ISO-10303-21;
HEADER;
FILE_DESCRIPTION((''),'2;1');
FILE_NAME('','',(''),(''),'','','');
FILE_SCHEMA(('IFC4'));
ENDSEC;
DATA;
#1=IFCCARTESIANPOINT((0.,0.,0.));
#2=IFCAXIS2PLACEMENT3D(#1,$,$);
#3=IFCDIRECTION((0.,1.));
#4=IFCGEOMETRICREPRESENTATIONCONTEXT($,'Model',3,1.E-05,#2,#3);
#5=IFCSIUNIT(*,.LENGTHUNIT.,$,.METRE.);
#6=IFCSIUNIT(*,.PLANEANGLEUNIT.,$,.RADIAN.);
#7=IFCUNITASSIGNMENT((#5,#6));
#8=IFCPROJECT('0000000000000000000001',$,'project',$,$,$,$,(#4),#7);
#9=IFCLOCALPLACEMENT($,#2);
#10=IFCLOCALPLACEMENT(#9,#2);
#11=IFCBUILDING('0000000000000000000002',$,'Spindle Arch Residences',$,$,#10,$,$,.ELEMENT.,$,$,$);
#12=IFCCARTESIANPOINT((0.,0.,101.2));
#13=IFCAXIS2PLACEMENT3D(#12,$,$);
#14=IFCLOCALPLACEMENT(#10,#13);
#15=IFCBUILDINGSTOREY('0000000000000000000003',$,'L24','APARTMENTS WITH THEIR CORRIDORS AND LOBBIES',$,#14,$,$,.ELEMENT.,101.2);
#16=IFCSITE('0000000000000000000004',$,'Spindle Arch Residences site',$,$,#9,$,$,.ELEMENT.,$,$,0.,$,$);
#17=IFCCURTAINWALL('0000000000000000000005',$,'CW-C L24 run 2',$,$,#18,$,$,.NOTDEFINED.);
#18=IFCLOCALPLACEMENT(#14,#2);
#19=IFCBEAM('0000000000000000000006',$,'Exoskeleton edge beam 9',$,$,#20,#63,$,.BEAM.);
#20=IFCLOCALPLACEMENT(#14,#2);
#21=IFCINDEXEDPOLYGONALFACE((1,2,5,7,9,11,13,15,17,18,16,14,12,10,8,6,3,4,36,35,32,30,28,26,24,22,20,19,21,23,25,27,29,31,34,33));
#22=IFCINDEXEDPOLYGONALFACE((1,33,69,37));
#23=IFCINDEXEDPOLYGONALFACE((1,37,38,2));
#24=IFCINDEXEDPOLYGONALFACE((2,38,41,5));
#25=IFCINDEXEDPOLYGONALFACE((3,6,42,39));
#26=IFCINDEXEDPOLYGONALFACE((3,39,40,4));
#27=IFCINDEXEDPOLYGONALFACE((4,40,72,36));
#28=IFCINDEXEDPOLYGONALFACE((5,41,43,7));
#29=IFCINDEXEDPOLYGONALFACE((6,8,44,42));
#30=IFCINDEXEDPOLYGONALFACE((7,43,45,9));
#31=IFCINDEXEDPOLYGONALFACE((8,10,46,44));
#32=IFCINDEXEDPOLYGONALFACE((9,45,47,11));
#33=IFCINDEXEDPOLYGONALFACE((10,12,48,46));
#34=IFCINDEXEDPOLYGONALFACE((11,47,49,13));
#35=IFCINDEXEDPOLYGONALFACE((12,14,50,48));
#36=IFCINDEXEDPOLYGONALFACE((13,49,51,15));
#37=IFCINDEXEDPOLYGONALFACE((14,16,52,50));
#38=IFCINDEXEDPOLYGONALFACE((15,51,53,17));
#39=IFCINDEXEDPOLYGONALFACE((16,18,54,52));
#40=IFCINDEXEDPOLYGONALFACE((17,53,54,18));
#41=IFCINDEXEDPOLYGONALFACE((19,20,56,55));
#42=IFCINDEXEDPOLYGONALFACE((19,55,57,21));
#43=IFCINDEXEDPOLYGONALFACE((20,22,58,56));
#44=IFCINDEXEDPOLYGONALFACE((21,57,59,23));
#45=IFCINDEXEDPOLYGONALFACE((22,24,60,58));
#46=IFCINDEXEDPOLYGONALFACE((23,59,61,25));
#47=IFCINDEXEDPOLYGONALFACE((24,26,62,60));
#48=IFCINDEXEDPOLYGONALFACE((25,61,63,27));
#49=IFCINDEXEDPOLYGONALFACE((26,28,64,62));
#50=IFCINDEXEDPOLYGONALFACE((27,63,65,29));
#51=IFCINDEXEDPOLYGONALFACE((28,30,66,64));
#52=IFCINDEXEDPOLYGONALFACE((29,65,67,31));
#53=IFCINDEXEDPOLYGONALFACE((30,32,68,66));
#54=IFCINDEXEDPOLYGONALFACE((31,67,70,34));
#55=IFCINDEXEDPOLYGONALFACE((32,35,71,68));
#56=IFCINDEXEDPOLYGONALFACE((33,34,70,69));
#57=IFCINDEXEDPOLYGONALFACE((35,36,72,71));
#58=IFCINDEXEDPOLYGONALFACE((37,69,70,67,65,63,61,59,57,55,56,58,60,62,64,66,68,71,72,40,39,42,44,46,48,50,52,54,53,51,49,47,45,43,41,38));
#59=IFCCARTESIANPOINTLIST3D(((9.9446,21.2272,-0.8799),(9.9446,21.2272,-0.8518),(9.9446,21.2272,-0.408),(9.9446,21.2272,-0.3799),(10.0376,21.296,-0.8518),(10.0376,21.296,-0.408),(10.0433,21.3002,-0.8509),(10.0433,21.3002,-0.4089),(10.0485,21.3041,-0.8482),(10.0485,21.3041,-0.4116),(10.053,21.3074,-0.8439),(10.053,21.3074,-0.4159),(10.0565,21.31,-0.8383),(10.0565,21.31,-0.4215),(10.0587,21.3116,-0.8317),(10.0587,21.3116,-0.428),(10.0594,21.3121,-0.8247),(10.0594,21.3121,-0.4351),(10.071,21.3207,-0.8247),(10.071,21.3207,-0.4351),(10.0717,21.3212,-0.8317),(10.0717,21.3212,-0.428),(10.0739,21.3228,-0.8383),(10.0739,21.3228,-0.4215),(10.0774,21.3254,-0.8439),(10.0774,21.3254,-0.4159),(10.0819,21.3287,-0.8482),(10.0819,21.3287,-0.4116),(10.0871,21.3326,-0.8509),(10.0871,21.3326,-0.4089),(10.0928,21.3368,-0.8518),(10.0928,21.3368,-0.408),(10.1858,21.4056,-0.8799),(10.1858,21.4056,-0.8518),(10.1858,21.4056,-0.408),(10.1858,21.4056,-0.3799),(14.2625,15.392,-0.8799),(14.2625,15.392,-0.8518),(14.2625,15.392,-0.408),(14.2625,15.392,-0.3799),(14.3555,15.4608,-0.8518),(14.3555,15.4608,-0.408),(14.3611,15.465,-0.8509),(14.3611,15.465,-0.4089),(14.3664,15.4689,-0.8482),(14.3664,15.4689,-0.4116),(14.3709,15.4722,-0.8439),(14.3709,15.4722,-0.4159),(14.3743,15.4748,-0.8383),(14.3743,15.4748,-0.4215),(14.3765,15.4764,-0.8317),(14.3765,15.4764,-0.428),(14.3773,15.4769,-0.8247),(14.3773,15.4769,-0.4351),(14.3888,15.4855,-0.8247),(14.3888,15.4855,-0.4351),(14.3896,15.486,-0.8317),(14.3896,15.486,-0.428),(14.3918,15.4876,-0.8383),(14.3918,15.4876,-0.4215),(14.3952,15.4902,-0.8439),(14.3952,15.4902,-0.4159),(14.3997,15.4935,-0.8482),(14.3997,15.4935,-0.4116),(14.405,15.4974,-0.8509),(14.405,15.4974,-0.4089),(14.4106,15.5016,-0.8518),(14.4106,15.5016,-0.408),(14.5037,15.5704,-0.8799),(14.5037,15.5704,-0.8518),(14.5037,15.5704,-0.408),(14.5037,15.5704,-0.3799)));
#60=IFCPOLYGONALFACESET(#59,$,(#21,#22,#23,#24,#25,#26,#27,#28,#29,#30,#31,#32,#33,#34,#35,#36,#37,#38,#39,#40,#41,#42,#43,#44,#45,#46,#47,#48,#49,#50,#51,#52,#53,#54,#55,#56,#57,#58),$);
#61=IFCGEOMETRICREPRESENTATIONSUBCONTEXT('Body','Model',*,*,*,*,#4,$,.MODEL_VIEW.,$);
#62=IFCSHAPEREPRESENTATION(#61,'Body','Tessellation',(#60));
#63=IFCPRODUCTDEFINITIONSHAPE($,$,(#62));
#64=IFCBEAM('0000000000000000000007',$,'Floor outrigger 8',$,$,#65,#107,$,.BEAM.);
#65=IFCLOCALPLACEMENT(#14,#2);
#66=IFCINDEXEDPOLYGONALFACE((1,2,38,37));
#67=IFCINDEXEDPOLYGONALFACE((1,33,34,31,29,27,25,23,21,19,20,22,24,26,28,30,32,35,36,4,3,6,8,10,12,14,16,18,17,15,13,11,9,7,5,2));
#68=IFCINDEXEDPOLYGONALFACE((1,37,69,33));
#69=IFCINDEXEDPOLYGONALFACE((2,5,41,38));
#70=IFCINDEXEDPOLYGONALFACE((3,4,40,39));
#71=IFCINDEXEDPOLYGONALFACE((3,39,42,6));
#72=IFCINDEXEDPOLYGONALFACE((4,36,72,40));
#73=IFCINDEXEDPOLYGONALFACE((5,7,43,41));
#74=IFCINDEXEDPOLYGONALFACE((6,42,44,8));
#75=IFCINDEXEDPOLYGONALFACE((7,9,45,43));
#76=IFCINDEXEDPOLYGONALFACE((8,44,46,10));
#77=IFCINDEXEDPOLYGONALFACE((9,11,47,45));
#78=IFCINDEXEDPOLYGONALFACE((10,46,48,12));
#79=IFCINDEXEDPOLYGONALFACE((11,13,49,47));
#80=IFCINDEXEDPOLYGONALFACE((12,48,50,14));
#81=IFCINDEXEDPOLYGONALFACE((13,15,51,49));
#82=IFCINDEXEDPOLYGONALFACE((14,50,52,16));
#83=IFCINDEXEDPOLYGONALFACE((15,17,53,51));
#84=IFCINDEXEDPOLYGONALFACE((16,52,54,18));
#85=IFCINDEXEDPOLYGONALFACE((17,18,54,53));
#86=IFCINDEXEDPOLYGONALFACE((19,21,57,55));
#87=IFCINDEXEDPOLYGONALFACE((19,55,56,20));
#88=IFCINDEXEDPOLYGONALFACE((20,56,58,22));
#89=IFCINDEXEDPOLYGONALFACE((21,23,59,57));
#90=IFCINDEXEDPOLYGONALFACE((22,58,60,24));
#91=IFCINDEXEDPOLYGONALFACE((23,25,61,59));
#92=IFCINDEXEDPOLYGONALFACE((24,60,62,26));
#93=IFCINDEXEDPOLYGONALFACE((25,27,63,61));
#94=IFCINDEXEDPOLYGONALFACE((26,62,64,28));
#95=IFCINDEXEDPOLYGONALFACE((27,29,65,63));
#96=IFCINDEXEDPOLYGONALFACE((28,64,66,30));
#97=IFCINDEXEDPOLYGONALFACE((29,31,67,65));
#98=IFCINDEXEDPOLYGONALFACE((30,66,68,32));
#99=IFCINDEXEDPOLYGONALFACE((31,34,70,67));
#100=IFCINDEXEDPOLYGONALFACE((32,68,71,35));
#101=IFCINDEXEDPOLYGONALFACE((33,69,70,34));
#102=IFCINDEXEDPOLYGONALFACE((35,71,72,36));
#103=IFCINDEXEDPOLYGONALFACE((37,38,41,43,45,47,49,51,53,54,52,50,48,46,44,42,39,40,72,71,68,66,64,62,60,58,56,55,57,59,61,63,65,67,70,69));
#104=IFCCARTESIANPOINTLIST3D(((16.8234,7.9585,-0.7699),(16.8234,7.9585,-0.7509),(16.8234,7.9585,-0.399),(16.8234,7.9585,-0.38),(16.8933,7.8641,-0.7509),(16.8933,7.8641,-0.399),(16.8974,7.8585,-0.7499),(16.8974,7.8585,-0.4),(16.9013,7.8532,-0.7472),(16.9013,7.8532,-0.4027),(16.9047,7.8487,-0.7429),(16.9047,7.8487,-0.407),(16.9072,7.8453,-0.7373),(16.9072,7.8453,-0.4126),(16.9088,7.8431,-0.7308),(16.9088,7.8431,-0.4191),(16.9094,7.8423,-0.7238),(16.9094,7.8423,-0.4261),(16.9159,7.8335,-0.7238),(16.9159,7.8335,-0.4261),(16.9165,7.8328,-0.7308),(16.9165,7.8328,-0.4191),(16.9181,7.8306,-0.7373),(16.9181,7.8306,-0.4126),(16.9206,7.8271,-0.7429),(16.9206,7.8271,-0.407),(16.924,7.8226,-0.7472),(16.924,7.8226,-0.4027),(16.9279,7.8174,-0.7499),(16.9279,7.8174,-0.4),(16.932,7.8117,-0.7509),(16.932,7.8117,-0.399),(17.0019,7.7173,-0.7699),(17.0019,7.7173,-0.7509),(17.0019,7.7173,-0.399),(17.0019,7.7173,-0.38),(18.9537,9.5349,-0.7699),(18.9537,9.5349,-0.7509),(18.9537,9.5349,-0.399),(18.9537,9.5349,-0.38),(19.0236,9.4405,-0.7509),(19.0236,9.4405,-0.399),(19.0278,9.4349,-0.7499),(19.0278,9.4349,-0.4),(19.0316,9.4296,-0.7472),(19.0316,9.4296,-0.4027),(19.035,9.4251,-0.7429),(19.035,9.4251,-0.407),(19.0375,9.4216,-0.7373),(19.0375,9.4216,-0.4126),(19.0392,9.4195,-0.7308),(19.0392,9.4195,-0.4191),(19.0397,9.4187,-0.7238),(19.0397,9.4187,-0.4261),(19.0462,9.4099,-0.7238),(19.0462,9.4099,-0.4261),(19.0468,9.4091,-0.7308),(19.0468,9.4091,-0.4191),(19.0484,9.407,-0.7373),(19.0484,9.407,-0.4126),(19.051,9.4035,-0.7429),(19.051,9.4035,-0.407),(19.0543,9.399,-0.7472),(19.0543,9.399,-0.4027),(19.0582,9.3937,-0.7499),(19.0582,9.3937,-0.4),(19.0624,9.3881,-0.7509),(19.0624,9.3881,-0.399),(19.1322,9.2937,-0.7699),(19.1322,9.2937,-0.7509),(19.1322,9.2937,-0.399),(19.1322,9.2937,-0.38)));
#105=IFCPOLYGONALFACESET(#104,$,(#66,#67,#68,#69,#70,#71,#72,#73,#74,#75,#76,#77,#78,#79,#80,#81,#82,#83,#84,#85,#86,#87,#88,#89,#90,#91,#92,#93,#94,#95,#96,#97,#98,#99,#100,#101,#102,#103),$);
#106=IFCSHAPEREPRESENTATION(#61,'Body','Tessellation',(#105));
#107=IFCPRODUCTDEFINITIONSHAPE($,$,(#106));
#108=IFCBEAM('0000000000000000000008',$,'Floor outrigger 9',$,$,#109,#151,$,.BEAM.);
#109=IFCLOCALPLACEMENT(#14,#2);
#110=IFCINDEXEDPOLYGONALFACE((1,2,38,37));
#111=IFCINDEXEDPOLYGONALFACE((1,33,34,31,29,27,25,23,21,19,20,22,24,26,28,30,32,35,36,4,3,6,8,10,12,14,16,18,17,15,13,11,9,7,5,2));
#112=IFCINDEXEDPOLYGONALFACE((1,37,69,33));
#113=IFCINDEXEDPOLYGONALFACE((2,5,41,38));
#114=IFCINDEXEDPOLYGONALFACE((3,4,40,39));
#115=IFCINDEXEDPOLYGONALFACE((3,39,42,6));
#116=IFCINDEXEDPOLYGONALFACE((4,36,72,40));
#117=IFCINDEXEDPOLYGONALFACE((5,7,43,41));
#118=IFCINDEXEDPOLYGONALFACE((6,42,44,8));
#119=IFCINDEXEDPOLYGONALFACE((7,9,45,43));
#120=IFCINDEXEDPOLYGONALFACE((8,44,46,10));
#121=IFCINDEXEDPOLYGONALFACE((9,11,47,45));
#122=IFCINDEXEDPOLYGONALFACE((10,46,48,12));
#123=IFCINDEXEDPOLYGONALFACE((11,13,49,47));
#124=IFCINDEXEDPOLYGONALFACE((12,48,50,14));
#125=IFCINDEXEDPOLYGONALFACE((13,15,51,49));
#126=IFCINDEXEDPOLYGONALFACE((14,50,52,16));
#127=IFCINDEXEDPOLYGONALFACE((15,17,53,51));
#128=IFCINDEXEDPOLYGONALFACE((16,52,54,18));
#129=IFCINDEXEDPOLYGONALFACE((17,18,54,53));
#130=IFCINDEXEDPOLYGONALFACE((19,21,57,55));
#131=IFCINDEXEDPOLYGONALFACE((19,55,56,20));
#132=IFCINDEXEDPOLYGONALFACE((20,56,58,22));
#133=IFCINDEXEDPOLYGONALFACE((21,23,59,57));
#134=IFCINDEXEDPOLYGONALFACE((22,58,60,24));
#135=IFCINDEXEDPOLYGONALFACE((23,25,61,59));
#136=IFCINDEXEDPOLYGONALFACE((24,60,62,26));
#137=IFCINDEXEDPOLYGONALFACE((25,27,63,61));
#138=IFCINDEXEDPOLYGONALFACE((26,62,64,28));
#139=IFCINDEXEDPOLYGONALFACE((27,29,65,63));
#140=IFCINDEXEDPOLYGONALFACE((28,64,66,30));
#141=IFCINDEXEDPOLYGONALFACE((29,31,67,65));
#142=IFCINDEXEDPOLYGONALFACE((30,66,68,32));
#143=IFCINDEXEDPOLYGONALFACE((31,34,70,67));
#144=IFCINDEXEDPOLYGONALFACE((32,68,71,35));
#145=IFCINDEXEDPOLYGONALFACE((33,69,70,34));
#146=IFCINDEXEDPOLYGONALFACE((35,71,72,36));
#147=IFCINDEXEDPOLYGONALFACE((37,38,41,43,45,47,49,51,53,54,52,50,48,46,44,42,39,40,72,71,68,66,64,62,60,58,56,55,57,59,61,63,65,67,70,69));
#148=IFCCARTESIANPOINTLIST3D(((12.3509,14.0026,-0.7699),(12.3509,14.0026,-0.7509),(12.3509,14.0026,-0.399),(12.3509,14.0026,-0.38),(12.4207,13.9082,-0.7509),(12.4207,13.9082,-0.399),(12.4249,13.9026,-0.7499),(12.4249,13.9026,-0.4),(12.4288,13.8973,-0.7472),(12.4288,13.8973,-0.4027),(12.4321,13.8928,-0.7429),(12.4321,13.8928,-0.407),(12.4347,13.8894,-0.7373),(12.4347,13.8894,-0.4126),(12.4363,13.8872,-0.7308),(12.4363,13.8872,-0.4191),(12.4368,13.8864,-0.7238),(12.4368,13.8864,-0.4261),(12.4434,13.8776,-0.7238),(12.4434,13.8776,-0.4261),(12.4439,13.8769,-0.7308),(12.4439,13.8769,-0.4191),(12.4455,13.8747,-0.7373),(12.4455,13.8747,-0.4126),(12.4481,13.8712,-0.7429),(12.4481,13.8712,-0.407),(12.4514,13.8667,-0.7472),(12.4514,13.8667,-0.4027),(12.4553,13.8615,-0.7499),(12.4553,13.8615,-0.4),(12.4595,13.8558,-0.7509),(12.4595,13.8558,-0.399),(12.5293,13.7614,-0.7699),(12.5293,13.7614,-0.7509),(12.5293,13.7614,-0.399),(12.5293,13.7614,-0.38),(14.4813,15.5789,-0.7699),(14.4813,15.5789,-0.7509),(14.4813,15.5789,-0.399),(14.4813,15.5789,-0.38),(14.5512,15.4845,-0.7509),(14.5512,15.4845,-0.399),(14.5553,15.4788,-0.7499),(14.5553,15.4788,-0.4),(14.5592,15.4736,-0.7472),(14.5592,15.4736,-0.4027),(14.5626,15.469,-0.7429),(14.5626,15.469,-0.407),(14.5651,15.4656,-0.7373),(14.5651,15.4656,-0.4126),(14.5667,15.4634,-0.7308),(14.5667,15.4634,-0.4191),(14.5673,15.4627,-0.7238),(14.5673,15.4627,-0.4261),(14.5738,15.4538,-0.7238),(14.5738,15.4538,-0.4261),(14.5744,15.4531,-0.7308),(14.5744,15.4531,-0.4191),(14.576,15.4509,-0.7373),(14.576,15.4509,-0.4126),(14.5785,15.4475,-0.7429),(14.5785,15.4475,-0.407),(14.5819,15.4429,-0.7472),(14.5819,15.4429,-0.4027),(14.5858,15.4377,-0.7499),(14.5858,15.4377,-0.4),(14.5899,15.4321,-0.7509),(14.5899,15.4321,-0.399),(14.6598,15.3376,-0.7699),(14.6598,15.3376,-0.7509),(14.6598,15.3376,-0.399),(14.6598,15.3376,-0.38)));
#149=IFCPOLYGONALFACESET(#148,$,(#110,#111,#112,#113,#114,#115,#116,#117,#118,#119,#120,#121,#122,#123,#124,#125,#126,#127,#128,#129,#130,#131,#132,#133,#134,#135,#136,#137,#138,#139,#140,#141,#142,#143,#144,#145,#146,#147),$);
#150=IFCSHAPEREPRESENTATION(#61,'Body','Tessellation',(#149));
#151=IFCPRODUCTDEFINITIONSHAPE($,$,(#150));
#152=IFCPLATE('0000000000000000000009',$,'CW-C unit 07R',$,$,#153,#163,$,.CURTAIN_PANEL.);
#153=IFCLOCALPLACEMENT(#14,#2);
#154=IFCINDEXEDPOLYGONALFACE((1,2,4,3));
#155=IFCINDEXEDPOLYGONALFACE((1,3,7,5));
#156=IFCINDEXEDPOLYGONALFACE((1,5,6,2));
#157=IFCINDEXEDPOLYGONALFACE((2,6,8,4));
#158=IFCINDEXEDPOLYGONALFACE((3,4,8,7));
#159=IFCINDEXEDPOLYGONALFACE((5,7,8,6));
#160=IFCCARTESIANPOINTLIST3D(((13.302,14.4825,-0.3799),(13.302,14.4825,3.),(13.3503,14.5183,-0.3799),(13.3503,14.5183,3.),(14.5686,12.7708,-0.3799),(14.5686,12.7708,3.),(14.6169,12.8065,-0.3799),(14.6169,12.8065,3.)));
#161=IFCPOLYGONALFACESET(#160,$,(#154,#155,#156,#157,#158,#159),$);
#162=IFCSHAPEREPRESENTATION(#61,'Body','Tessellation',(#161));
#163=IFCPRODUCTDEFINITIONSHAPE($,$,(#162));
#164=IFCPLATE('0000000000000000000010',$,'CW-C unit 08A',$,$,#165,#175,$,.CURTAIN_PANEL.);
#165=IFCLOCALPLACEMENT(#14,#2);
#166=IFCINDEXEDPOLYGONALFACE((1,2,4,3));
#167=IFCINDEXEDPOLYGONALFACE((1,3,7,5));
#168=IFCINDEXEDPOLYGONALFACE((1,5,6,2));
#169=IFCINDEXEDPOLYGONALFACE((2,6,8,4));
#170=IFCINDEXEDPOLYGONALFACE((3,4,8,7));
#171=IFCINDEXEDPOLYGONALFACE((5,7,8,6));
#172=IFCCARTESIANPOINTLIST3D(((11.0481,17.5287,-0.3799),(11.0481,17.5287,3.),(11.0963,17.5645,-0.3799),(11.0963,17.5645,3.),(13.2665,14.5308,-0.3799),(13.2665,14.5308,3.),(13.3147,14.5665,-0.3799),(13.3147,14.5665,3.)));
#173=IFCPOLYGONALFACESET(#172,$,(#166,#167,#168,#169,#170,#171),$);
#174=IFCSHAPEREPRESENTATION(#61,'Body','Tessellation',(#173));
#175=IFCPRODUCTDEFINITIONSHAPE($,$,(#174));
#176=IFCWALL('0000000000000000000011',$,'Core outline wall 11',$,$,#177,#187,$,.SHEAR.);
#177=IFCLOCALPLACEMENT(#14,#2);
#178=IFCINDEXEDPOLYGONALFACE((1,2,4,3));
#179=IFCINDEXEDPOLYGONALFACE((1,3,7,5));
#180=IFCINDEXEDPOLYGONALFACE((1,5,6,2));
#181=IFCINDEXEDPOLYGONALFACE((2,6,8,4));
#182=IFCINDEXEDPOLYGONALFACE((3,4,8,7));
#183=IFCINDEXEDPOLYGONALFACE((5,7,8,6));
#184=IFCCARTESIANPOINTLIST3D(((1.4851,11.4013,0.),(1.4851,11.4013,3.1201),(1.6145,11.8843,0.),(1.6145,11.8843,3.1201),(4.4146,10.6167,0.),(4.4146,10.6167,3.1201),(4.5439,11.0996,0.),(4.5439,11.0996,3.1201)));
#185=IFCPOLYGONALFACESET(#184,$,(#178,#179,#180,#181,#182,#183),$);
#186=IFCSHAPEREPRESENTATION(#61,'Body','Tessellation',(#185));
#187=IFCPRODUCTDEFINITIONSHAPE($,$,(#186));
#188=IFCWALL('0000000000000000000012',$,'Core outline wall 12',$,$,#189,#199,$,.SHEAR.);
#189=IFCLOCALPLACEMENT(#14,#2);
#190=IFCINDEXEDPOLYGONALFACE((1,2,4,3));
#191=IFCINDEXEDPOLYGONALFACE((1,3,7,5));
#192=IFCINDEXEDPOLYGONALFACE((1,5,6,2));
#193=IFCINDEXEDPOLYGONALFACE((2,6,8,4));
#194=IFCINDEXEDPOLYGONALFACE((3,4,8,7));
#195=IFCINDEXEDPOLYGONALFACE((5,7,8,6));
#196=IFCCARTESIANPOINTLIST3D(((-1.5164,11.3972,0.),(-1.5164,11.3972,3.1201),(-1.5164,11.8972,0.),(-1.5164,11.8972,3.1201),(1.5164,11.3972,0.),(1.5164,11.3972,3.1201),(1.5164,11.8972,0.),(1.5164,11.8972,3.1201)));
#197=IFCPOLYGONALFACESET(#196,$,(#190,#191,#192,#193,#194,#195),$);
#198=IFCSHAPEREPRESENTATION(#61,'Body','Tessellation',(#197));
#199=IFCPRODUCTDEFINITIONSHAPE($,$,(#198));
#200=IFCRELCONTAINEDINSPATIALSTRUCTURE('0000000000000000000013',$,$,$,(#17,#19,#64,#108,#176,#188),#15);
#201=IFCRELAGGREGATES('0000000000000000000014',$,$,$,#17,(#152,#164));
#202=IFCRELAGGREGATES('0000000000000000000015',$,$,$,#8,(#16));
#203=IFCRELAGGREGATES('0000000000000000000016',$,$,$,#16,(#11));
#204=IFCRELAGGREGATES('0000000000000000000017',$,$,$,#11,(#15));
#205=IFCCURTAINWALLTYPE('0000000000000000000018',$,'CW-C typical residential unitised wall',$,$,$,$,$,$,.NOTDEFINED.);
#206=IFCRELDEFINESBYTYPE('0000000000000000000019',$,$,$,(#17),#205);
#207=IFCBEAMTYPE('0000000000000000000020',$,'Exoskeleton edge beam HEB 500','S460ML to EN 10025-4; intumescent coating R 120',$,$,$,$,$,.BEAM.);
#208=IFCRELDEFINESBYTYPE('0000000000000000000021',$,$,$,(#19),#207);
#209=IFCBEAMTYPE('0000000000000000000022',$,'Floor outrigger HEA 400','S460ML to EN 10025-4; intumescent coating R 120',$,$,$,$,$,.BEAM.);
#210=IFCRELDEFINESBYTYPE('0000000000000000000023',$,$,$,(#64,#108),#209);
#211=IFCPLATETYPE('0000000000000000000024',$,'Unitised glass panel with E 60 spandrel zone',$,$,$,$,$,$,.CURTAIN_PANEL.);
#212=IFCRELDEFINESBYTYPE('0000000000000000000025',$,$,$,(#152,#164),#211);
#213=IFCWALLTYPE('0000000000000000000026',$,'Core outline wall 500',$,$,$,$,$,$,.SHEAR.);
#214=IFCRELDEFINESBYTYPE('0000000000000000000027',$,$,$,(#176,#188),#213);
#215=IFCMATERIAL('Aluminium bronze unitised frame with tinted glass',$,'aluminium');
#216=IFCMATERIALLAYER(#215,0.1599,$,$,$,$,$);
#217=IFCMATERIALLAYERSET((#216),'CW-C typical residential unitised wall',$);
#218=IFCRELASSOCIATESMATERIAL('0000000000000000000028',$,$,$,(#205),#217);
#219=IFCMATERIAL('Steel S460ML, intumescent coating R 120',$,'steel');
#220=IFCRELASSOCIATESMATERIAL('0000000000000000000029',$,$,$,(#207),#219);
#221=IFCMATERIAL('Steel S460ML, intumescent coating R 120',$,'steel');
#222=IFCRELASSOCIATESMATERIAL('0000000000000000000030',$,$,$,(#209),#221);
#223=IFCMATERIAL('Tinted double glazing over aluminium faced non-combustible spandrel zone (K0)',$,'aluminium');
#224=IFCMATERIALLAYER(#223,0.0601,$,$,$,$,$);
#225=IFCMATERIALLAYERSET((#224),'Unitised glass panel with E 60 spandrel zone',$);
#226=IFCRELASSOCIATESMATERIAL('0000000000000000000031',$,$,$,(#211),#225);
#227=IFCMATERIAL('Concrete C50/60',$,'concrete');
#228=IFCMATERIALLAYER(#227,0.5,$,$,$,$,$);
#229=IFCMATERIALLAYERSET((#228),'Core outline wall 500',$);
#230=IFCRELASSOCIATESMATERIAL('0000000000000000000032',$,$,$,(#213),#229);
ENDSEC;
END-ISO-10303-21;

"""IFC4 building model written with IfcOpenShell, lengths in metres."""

from ifc_helpers import new_model, si_unit, direction, frame, frame_2d, origin, origin_2d, place, context, subcontext, project, spatial, rectangle, i_section, extrude, material, layer, layer_set, material_profile, profile_set, type_object, element, aggregate, save


model = new_model("IFC4")

# Units and contexts
model_context = context("Model", 3, precision=1e-05, world=origin(), true_north=direction((0.0, 1.0)))
body_context = subcontext(model_context, "Body", "Model", "MODEL_VIEW")
ifc_project = project(units=[si_unit("LENGTHUNIT", "METRE"), si_unit("PLANEANGLEUNIT", "RADIAN")], contexts=[model_context])

# Site, building, storey
site_placement = place(None, origin())
site = spatial("IfcSite", under=ifc_project, at=site_placement, Name="Spindle Arch Residences site", CompositionType="ELEMENT", RefElevation=0.0)
building_placement = place(site_placement, origin())
building = spatial("IfcBuilding", under=site, at=building_placement, Name="Spindle Arch Residences", CompositionType="ELEMENT")
storey_placement = place(building_placement, frame((0.0, 0.0, 101.2)))
storey = spatial("IfcBuildingStorey", under=building, at=storey_placement, Name="L24", Description="APARTMENTS WITH THEIR CORRIDORS AND LOBBIES", CompositionType="ELEMENT", Elevation=101.2)

# Curtain wall
ifc_material_1 = material(Name="Aluminium bronze unitised frame with tinted glass", Category="aluminium")
ifc_layer_1 = layer(ifc_material_1, 0.1599)
ifc_layer_set_1 = layer_set([ifc_layer_1], Name="CW-C typical residential unitised wall")
curtain_wall_type = type_object("IfcCurtainWallType", Name="CW-C typical residential unitised wall", PredefinedType="NOTDEFINED", material=ifc_layer_set_1)
curtain_wall_placement = place(storey_placement, origin())
curtain_wall = element("IfcCurtainWall", 1, at=curtain_wall_placement, inside=storey, type_object=curtain_wall_type, Name="CW-C L24 run 2", PredefinedType="NOTDEFINED")

# Beams
ifc_material_2 = material(Name="Steel S460ML, intumescent coating R 120", Category="steel")
ifc_material_profile_1 = material_profile(ifc_material_2, i_section(OverallWidth=0.3, OverallDepth=0.5, WebThickness=0.0144, FlangeThickness=0.0281, FilletRadius=0.0271, at=origin_2d()), Name="HEB 500")
ifc_profile_set_1 = profile_set([ifc_material_profile_1], Name="Steel S460ML, intumescent coating R 120")
beam_type_1 = type_object("IfcBeamType", Name="Exoskeleton edge beam HEB 500", Description="S460ML to EN 10025-4; intumescent coating R 120", PredefinedType="BEAM", material=ifc_profile_set_1)
beam_1_placement = place(storey_placement, frame((14.3831, 15.4812, -0.6299), z_axis=(-0.594827, 0.803854, 0.0), x_axis=(-0.803854, -0.594827, 0.0)))
element("IfcBeam", 2, at=beam_1_placement, inside=storey, type_object=beam_type_1, Name="Exoskeleton edge beam 9", PredefinedType="BEAM", context=body_context, shape_type="SweptSolid", body=[
    extrude(i_section(OverallWidth=0.3, OverallDepth=0.5, WebThickness=0.0144, FlangeThickness=0.0281, FilletRadius=0.0271, at=origin_2d()), origin(), (0.0, 0.0, 1.0), 7.259),
])
ifc_material_3 = material(Name="Steel S460ML, intumescent coating R 120", Category="steel")
ifc_material_profile_2 = material_profile(ifc_material_3, i_section(OverallWidth=0.3, OverallDepth=0.3899, WebThickness=0.011, FlangeThickness=0.019, FilletRadius=0.0271, at=origin_2d()), Name="HEA 400")
ifc_profile_set_2 = profile_set([ifc_material_profile_2], Name="Steel S460ML, intumescent coating R 120")
beam_type_2 = type_object("IfcBeamType", Name="Floor outrigger HEA 400", Description="S460ML to EN 10025-4; intumescent coating R 120", PredefinedType="BEAM", material=ifc_profile_set_2)
for number, where, z_axis, x_axis, name in (
    (3, (19.043, 9.4143, -0.575), (-0.803852, -0.594829, 0.0), (0.594829, -0.803852, 0.0), "Floor outrigger 8"),
    (4, (14.5706, 15.4583, -0.575), (-0.803897, -0.594769, 0.0), (0.594769, -0.803897, 0.0), "Floor outrigger 9"),
):
    element("IfcBeam", number, at=place(storey_placement, frame(where, z_axis=z_axis, x_axis=x_axis)), inside=storey, type_object=beam_type_2, Name=name, PredefinedType="BEAM", context=body_context, shape_type="SweptSolid", body=[
        extrude(i_section(OverallWidth=0.3, OverallDepth=0.3899, WebThickness=0.011, FlangeThickness=0.019, FilletRadius=0.0271, at=origin_2d()), origin(), (0.0, 0.0, 1.0), 2.6501),
    ])

# Plates
ifc_material_4 = material(Name="Tinted double glazing over aluminium faced non-combustible spandrel zone (K0)", Category="aluminium")
ifc_layer_2 = layer(ifc_material_4, 0.0601)
ifc_layer_set_2 = layer_set([ifc_layer_2], Name="Unitised glass panel with E 60 spandrel zone")
plate_type = type_object("IfcPlateType", Name="Unitised glass panel with E 60 spandrel zone", PredefinedType="CURTAIN_PANEL", material=ifc_layer_set_2)
plate_1_placement = place(storey_placement, frame((13.9595, 13.6445, -0.3799), z_axis=(0.0, 0.0, 1.0), x_axis=(-0.594823, 0.803857, 0.0)))
plate_1 = element("IfcPlate", 5, at=plate_1_placement, type_object=plate_type, Name="CW-C unit 07R", PredefinedType="CURTAIN_PANEL", context=body_context, shape_type="SweptSolid", body=[
    extrude(rectangle(XDim=2.1294, YDim=0.0601, at=origin_2d()), origin(), (0.0, 0.0, 1.0), 3.3799),
])
plate_2_placement = place(storey_placement, frame((12.1814, 16.0476, -0.3799), z_axis=(0.0, 0.0, 1.0), x_axis=(-0.594823, 0.803857, 0.0)))
plate_2 = element("IfcPlate", 6, at=plate_2_placement, type_object=plate_type, Name="CW-C unit 08A", PredefinedType="CURTAIN_PANEL", context=body_context, shape_type="SweptSolid", body=[
    extrude(rectangle(XDim=3.7295, YDim=0.0601, at=origin_2d()), origin(), (0.0, 0.0, 1.0), 3.3799),
])
aggregate(curtain_wall, [plate_1, plate_2])

# Walls
ifc_material_5 = material(Name="Concrete C50/60", Category="concrete")
ifc_layer_3 = layer(ifc_material_5, 0.5)
ifc_layer_set_3 = layer_set([ifc_layer_3], Name="Core outline wall 500")
wall_type_1 = type_object("IfcWallType", Name="Core outline wall 500", PredefinedType="SHEAR", material=ifc_layer_set_3)
for number, where, z_axis, x_axis, name in (
    (7, (4.4792, 10.8582, 0.0), (0.0, 0.0, 1.0), (-0.965948, 0.258735, 0.0), "Core outline wall 11"),
    (8, (1.5164, 11.6472, 0.0), (0.0, 0.0, 1.0), (-1.0, 0.0, 0.0), "Core outline wall 12"),
):
    element("IfcWall", number, at=place(storey_placement, frame(where, z_axis=z_axis, x_axis=x_axis)), inside=storey, type_object=wall_type_1, Name=name, PredefinedType="SHEAR", context=body_context, shape_type="SweptSolid", body=[
        extrude(rectangle(XDim=3.0327, YDim=0.5, at=frame_2d((1.5164, 0.0))), origin(), (0.0, 0.0, 1.0), 3.1201),
    ])

save(model, "model.ifc")
